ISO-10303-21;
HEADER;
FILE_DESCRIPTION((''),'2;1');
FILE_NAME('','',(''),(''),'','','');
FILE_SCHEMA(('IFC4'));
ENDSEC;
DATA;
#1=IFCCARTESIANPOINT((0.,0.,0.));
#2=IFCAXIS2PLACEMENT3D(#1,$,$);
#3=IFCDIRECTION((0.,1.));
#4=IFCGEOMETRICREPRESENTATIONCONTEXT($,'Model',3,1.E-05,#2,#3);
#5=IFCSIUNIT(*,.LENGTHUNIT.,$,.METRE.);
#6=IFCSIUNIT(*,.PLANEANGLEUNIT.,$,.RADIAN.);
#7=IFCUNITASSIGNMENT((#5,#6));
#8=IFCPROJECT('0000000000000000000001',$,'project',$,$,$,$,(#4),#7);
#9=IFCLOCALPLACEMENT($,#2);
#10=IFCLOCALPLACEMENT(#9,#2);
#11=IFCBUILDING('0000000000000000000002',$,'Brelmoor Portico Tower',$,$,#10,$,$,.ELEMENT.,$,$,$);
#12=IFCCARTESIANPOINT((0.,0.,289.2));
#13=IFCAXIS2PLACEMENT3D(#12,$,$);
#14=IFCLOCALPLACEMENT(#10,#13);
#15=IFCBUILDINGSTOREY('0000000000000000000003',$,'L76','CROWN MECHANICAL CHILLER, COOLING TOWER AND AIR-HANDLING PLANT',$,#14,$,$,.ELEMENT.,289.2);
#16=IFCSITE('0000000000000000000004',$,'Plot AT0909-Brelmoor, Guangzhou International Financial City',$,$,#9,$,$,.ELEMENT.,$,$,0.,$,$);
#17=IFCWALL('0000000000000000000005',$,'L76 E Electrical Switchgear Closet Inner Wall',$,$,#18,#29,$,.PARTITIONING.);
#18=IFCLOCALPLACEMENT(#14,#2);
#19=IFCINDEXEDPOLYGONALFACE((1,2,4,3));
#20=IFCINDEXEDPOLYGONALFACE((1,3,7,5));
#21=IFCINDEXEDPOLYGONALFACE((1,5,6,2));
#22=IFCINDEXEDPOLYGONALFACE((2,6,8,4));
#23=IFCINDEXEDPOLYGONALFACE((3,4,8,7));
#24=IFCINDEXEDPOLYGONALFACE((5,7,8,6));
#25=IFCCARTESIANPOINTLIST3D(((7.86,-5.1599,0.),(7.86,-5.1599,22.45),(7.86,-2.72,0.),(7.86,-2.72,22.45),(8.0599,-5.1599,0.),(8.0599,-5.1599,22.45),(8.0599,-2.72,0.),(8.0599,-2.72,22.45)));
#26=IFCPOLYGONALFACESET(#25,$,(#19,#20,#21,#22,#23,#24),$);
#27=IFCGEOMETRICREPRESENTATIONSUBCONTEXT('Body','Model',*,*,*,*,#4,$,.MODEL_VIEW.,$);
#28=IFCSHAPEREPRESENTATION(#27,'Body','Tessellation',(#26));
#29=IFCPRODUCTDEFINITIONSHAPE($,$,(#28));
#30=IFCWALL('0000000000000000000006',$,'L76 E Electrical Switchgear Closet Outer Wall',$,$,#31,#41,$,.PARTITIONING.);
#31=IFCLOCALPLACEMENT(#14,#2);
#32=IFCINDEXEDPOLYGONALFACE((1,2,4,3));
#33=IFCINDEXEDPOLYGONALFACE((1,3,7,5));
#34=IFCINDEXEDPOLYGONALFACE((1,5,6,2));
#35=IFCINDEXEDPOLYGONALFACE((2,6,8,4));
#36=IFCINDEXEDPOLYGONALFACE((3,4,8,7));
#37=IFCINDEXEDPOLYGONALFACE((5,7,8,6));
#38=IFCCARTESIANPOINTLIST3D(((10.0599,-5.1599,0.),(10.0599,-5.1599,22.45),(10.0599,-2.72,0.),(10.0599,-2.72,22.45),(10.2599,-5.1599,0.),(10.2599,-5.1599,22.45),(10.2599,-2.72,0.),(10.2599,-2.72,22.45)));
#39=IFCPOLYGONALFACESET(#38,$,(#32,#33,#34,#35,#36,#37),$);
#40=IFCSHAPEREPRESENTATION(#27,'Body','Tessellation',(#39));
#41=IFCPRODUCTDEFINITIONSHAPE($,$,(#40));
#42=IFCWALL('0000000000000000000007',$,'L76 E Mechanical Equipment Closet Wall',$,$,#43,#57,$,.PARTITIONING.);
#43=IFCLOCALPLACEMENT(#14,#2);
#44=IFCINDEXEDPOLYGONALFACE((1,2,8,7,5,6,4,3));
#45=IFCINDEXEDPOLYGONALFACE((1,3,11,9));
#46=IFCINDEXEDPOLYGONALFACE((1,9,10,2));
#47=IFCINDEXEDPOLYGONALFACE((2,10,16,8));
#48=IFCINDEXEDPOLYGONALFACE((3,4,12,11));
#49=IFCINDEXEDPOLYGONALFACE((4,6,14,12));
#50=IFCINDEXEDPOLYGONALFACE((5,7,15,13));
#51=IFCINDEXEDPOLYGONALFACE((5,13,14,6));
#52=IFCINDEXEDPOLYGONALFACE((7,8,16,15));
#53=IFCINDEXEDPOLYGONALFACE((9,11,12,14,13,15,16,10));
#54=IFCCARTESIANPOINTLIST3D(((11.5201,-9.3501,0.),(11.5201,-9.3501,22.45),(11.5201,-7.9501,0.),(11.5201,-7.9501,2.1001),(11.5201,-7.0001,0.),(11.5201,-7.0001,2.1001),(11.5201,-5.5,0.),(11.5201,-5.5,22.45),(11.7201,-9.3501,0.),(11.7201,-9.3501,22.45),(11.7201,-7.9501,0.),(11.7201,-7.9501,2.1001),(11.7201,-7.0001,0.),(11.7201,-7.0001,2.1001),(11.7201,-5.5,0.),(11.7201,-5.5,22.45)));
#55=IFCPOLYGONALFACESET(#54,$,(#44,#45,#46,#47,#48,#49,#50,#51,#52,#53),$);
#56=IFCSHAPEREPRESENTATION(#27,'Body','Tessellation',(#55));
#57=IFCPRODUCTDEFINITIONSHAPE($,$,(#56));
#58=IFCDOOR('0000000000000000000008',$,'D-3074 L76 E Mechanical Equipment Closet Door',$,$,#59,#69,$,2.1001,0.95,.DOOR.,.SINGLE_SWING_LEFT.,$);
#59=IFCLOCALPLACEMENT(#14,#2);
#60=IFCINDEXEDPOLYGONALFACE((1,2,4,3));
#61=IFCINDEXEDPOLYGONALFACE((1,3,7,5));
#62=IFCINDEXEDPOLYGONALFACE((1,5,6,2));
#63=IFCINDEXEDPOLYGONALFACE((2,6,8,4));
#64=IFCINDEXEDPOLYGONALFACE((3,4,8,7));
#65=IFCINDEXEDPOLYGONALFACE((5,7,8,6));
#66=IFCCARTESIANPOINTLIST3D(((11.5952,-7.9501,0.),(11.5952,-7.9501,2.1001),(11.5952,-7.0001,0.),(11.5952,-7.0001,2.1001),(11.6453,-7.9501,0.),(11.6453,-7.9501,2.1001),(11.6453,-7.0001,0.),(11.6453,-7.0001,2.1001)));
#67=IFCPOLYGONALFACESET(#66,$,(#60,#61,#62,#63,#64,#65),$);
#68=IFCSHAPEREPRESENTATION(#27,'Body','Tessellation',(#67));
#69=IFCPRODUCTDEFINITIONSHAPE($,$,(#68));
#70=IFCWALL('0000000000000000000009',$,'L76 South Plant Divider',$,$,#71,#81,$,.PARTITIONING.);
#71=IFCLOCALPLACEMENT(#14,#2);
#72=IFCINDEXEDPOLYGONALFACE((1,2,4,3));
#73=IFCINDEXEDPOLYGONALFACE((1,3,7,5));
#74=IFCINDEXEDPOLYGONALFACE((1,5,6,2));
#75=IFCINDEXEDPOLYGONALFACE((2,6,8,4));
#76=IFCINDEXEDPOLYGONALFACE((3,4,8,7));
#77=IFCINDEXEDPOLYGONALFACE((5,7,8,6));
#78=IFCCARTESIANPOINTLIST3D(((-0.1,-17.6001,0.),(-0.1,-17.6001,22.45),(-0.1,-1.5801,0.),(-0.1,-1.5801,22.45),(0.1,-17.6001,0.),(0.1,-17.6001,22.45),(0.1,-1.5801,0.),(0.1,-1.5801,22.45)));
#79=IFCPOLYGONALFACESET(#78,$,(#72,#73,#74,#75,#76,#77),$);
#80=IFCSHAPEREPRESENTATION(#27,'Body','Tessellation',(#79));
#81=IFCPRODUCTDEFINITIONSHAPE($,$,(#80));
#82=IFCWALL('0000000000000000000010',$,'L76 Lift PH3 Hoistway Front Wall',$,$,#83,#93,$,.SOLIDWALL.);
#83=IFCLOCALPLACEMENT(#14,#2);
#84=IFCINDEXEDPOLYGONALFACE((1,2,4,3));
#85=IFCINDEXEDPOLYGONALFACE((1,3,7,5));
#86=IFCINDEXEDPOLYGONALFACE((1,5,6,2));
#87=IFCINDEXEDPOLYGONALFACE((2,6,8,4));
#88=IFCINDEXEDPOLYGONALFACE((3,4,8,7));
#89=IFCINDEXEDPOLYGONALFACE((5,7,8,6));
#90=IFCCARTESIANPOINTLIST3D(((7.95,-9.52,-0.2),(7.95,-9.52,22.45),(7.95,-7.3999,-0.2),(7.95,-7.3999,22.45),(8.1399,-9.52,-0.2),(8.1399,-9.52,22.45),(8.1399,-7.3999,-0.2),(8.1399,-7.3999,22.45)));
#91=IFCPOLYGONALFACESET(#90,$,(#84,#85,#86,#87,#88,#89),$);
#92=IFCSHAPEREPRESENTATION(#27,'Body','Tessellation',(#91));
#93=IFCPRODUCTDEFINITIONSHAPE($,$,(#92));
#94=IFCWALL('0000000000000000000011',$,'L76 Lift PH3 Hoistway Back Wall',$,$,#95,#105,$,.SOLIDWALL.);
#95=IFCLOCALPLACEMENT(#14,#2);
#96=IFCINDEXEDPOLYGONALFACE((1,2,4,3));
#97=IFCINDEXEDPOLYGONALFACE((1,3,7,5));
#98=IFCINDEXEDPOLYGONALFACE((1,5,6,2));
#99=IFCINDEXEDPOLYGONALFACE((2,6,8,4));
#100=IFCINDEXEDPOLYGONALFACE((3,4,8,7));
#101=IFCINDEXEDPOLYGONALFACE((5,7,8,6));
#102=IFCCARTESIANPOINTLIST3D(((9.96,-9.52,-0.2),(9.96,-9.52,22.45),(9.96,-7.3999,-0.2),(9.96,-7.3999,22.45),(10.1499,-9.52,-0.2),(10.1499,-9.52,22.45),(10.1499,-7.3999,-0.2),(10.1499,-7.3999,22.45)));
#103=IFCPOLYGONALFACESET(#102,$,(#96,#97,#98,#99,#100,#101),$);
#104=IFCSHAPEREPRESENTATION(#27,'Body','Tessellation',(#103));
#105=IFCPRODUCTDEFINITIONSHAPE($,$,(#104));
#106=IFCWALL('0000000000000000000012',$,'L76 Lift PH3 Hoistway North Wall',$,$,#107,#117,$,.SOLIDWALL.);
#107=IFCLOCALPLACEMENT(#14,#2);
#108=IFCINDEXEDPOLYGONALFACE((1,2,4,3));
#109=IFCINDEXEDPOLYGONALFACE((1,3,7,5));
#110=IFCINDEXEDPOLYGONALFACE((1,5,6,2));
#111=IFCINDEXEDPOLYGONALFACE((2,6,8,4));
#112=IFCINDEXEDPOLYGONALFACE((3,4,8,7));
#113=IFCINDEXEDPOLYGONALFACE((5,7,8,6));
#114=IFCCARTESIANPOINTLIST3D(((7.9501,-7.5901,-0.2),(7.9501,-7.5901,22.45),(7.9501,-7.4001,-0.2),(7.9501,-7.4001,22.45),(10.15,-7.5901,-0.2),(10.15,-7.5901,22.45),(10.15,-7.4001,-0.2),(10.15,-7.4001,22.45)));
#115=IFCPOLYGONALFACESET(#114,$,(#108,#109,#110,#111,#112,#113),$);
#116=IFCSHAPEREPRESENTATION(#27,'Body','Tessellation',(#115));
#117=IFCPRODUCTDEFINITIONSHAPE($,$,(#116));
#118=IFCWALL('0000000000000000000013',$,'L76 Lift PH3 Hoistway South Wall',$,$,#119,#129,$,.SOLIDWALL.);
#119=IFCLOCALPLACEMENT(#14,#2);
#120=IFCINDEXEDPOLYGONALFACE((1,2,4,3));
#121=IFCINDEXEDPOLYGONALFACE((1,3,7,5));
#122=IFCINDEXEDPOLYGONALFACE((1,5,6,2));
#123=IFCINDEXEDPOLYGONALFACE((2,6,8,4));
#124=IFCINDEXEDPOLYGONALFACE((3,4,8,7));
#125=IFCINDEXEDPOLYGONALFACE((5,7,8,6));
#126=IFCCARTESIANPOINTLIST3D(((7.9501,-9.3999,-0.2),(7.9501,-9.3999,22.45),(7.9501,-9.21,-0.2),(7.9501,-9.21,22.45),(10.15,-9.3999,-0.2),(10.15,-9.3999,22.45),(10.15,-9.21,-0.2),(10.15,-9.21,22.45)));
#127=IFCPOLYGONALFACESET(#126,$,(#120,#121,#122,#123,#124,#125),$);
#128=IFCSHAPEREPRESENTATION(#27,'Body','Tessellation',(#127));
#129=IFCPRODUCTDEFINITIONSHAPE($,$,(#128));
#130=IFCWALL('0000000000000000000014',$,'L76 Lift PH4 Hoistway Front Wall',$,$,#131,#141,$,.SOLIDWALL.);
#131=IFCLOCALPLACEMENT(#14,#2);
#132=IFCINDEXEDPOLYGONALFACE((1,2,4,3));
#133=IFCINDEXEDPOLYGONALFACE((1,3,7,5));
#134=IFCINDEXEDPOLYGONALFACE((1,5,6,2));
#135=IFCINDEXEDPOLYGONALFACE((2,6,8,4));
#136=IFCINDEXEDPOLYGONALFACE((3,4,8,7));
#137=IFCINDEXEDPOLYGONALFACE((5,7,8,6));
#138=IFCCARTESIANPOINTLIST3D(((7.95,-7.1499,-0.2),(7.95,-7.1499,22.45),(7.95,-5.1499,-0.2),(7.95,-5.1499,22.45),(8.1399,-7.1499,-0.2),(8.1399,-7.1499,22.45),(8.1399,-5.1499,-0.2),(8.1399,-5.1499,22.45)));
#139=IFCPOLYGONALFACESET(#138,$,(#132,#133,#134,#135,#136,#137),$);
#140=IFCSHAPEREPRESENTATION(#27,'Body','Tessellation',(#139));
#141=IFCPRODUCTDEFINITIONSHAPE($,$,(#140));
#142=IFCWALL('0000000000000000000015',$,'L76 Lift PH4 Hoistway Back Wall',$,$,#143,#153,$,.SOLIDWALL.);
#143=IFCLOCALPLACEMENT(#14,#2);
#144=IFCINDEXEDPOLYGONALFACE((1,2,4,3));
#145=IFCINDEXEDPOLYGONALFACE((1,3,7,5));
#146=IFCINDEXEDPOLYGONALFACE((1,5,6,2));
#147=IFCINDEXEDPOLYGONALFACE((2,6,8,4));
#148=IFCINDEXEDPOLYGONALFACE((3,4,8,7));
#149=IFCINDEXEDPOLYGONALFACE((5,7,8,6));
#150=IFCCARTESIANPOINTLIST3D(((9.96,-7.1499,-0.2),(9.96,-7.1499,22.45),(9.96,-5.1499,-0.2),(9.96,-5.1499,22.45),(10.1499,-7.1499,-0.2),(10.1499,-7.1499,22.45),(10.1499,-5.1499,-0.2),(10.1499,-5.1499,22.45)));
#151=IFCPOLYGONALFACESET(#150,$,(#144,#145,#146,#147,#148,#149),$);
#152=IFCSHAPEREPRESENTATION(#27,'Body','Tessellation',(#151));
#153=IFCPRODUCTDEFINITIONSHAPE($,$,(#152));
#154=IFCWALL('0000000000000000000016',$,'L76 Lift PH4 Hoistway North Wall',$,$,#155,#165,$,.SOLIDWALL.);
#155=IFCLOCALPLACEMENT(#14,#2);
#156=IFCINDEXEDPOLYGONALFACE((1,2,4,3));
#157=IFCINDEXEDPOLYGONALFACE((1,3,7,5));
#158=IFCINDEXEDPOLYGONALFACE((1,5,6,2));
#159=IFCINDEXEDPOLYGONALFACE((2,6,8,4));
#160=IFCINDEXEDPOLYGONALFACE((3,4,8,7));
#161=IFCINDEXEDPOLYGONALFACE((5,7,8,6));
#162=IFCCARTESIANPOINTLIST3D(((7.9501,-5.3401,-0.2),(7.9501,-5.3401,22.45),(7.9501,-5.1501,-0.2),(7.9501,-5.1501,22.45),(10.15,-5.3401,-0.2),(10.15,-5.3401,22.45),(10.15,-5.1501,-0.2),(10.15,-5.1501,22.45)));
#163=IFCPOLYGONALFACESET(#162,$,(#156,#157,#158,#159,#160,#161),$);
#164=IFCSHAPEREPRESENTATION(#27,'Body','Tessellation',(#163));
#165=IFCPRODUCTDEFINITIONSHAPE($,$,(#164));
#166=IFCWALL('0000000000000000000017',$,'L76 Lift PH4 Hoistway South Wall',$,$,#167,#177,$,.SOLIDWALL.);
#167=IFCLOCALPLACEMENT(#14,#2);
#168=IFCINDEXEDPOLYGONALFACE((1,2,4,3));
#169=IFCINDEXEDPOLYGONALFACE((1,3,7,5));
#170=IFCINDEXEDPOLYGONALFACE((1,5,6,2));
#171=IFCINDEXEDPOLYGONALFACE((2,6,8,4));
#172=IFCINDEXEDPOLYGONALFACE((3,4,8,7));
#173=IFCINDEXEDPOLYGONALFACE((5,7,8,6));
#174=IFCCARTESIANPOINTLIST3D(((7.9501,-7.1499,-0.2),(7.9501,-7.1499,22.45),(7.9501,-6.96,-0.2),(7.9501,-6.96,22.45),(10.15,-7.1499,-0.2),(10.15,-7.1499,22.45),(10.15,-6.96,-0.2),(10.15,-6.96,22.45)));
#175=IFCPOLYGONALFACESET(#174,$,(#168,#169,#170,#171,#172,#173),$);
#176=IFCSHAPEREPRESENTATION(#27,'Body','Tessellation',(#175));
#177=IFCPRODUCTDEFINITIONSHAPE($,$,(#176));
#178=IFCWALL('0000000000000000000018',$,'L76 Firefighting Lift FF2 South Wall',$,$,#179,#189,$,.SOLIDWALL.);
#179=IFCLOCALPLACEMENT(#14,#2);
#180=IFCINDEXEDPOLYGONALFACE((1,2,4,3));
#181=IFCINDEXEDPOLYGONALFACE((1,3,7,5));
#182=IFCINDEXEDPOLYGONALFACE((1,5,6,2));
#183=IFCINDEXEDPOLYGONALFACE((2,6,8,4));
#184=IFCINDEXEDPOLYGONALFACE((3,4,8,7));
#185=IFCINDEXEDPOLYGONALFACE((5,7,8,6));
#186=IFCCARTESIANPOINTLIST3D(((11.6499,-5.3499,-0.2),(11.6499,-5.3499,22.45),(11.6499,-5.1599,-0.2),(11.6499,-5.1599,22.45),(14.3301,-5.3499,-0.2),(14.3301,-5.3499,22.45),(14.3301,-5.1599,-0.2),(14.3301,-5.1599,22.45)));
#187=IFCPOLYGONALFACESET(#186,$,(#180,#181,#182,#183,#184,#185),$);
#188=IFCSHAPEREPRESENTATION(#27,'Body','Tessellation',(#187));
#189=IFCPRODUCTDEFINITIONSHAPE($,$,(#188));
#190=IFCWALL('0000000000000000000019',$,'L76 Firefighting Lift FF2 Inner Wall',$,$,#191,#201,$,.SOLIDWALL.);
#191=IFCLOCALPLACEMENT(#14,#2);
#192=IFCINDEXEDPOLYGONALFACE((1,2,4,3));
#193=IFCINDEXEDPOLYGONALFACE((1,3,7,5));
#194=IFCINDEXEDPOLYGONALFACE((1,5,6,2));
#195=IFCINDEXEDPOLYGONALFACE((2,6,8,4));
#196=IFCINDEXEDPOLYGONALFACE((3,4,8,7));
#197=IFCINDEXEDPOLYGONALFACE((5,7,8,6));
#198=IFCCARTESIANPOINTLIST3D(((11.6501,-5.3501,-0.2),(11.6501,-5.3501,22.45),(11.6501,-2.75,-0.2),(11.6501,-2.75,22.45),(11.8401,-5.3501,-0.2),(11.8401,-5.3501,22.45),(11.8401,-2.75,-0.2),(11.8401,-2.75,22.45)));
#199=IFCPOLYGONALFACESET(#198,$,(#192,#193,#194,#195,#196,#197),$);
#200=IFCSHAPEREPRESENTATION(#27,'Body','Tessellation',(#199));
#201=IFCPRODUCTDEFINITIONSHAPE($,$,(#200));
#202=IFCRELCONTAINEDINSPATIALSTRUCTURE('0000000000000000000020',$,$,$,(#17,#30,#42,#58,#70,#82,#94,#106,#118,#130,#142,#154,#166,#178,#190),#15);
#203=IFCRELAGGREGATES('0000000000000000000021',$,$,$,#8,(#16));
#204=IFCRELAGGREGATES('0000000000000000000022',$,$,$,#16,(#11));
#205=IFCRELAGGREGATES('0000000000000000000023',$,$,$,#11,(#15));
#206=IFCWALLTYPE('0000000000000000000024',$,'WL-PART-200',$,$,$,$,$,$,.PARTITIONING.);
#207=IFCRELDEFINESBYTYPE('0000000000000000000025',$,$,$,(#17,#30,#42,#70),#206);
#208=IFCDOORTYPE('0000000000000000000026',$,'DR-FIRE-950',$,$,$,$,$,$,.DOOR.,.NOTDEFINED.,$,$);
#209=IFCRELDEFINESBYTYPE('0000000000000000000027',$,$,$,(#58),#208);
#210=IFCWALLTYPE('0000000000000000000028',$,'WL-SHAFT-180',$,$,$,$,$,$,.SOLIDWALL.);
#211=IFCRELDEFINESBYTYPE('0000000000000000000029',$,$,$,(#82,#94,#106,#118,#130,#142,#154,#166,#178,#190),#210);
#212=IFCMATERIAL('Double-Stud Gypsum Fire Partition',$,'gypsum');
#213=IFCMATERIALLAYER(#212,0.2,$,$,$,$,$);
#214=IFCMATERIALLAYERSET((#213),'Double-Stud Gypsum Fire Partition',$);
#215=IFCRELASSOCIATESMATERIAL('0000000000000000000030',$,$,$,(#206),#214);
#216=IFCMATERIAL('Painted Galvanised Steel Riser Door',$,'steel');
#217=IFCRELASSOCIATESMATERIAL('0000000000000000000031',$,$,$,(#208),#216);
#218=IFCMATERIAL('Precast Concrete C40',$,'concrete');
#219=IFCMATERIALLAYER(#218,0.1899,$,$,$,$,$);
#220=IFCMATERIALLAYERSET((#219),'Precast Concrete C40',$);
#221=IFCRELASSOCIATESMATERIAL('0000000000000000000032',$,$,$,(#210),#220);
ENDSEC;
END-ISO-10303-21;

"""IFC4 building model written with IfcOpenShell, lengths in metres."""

from ifc_helpers import new_model, si_unit, direction, frame, frame_2d, origin, place, context, subcontext, project, spatial, rectangle, extrude, material, layer, layer_set, type_object, element, fill, save


model = new_model("IFC4")

# Units and contexts
model_context = context("Model", 3, precision=1e-05, world=origin(), true_north=direction((0.0, 1.0)))
body_context = subcontext(model_context, "Body", "Model", "MODEL_VIEW")
ifc_project = project(units=[si_unit("LENGTHUNIT", "METRE"), si_unit("PLANEANGLEUNIT", "RADIAN")], contexts=[model_context])

# Site, building, storey
site_placement = place(None, origin())
site = spatial("IfcSite", under=ifc_project, at=site_placement, Name="Plot AT0909-Brelmoor, Guangzhou International Financial City", CompositionType="ELEMENT", RefElevation=0.0)
building_placement = place(site_placement, origin())
building = spatial("IfcBuilding", under=site, at=building_placement, Name="Brelmoor Portico Tower", CompositionType="ELEMENT")
storey_placement = place(building_placement, frame((0.0, 0.0, 289.2)))
storey = spatial("IfcBuildingStorey", under=building, at=storey_placement, Name="L76", Description="CROWN MECHANICAL CHILLER, COOLING TOWER AND AIR-HANDLING PLANT", CompositionType="ELEMENT", Elevation=289.2)

# Shared definitions
ifc_material_1 = material(Name="Double-Stud Gypsum Fire Partition", Category="gypsum")
ifc_layer_1 = layer(ifc_material_1, 0.2)
ifc_layer_set_1 = layer_set([ifc_layer_1], Name="Double-Stud Gypsum Fire Partition")
wall_type_1 = type_object("IfcWallType", Name="WL-PART-200", PredefinedType="PARTITIONING", material=ifc_layer_set_1)

# Walls
for number, where, z_axis, x_axis, name in (
    (1, (7.96, -5.1599, 0.0), (0.0, 0.0, 1.0), (0.0, 1.0, 0.0), "L76 E Electrical Switchgear Closet Inner Wall"),
    (2, (10.1599, -5.1599, 0.0), (0.0, 0.0, 1.0), (0.0, 1.0, 0.0), "L76 E Electrical Switchgear Closet Outer Wall"),
):
    element("IfcWall", number, at=place(storey_placement, frame(where, z_axis=z_axis, x_axis=x_axis)), inside=storey, type_object=wall_type_1, Name=name, PredefinedType="PARTITIONING", context=body_context, shape_type="SweptSolid", body=[
        extrude(rectangle(XDim=2.4399, YDim=0.2, at=frame_2d((1.22, 0.0))), origin(), (0.0, 0.0, 1.0), 22.45),
    ])

# Wall, opening, door
wall_1_placement = place(storey_placement, frame((11.6201, -9.3501, 0.0), z_axis=(0.0, 0.0, 1.0), x_axis=(0.0, 1.0, 0.0)))
wall_1 = element("IfcWall", 3, at=wall_1_placement, inside=storey, type_object=wall_type_1, Name="L76 E Mechanical Equipment Closet Wall", PredefinedType="PARTITIONING", context=body_context, shape_type="SweptSolid", body=[
    extrude(rectangle(XDim=3.8501, YDim=0.2, at=frame_2d((1.925, 0.0))), origin(), (0.0, 0.0, 1.0), 22.45),
])
opening_1_placement = place(wall_1_placement, frame((1.3999, 0.0, 0.0)))
opening_1 = element("IfcOpeningElement", 4, at=opening_1_placement, cuts=wall_1, PredefinedType="OPENING", context=body_context, shape_type="SweptSolid", body=[
    extrude(rectangle(XDim=0.95, YDim=2.1001, at=frame_2d((0.4751, 1.05))), frame((0.0, 0.1099, 0.0), z_axis=(0.0, -1.0, 0.0), x_axis=(1.0, 0.0, 0.0)), (0.0, 0.0, 1.0), 0.22),
])
ifc_material_2 = material(Name="Painted Galvanised Steel Riser Door", Category="steel")
door_type_1 = type_object("IfcDoorType", Name="DR-FIRE-950", OperationType="NOTDEFINED", PredefinedType="DOOR", material=ifc_material_2)
door_1_placement = place(opening_1_placement, origin())
door_1 = element("IfcDoor", 5, at=door_1_placement, inside=storey, type_object=door_type_1, Name="D-3074 L76 E Mechanical Equipment Closet Door", OperationType="SINGLE_SWING_LEFT", OverallHeight=2.1001, OverallWidth=0.95, PredefinedType="DOOR", context=body_context, shape_type="SweptSolid", body=[
    extrude(rectangle(XDim=0.95, YDim=2.1001, at=frame_2d((0.4751, 1.05))), frame((0.0, 0.0249, 0.0), z_axis=(0.0, -1.0, 0.0), x_axis=(1.0, 0.0, 0.0)), (0.0, 0.0, 1.0), 0.05),
])
fill(opening_1, door_1)

# Walls
wall_2_placement = place(storey_placement, frame((0.0, -17.6001, 0.0), z_axis=(0.0, 0.0, 1.0), x_axis=(0.0, 1.0, 0.0)))
element("IfcWall", 6, at=wall_2_placement, inside=storey, type_object=wall_type_1, Name="L76 South Plant Divider", PredefinedType="PARTITIONING", context=body_context, shape_type="SweptSolid", body=[
    extrude(rectangle(XDim=16.02, YDim=0.2, at=frame_2d((8.01, 0.0))), origin(), (0.0, 0.0, 1.0), 22.45),
])
ifc_material_3 = material(Name="Precast Concrete C40", Category="concrete")
ifc_layer_2 = layer(ifc_material_3, 0.1899)
ifc_layer_set_2 = layer_set([ifc_layer_2], Name="Precast Concrete C40")
wall_type_2 = type_object("IfcWallType", Name="WL-SHAFT-180", PredefinedType="SOLIDWALL", material=ifc_layer_set_2)
for number, where, z_axis, x_axis, name in (
    (7, (8.0449, -9.52, -0.2), (0.0, 0.0, 1.0), (0.0, 1.0, 0.0), "L76 Lift PH3 Hoistway Front Wall"),
    (8, (10.0549, -9.52, -0.2), (0.0, 0.0, 1.0), (0.0, 1.0, 0.0), "L76 Lift PH3 Hoistway Back Wall"),
):
    element("IfcWall", number, at=place(storey_placement, frame(where, z_axis=z_axis, x_axis=x_axis)), inside=storey, type_object=wall_type_2, Name=name, PredefinedType="SOLIDWALL", context=body_context, shape_type="SweptSolid", body=[
        extrude(rectangle(XDim=2.1201, YDim=0.1899, at=frame_2d((1.0601, 0.0))), origin(), (0.0, 0.0, 1.0), 22.6499),
    ])
for number, where, z_axis, x_axis, name in (
    (9, (7.95, -7.4951, -0.2), (0.0, 0.0, 1.0), (1.0, 0.0, 0.0), "L76 Lift PH3 Hoistway North Wall"),
    (10, (7.95, -9.3049, -0.2), (0.0, 0.0, 1.0), (1.0, 0.0, 0.0), "L76 Lift PH3 Hoistway South Wall"),
):
    element("IfcWall", number, at=place(storey_placement, frame(where, z_axis=z_axis, x_axis=x_axis)), inside=storey, type_object=wall_type_2, Name=name, PredefinedType="SOLIDWALL", context=body_context, shape_type="SweptSolid", body=[
        extrude(rectangle(XDim=2.2, YDim=0.1899, at=frame_2d((1.1001, 0.0))), origin(), (0.0, 0.0, 1.0), 22.6499),
    ])
for number, where, z_axis, x_axis, name in (
    (11, (8.0449, -7.1499, -0.2), (0.0, 0.0, 1.0), (0.0, 1.0, 0.0), "L76 Lift PH4 Hoistway Front Wall"),
    (12, (10.0549, -7.1499, -0.2), (0.0, 0.0, 1.0), (0.0, 1.0, 0.0), "L76 Lift PH4 Hoistway Back Wall"),
):
    element("IfcWall", number, at=place(storey_placement, frame(where, z_axis=z_axis, x_axis=x_axis)), inside=storey, type_object=wall_type_2, Name=name, PredefinedType="SOLIDWALL", context=body_context, shape_type="SweptSolid", body=[
        extrude(rectangle(XDim=2.0, YDim=0.1899, at=frame_2d((1.0, 0.0))), origin(), (0.0, 0.0, 1.0), 22.6499),
    ])
for number, where, z_axis, x_axis, name in (
    (13, (7.95, -5.2451, -0.2), (0.0, 0.0, 1.0), (1.0, 0.0, 0.0), "L76 Lift PH4 Hoistway North Wall"),
    (14, (7.95, -7.0549, -0.2), (0.0, 0.0, 1.0), (1.0, 0.0, 0.0), "L76 Lift PH4 Hoistway South Wall"),
):
    element("IfcWall", number, at=place(storey_placement, frame(where, z_axis=z_axis, x_axis=x_axis)), inside=storey, type_object=wall_type_2, Name=name, PredefinedType="SOLIDWALL", context=body_context, shape_type="SweptSolid", body=[
        extrude(rectangle(XDim=2.2, YDim=0.1899, at=frame_2d((1.1001, 0.0))), origin(), (0.0, 0.0, 1.0), 22.6499),
    ])
wall_3_placement = place(storey_placement, frame((11.6499, -5.2549, -0.2), z_axis=(0.0, 0.0, 1.0), x_axis=(1.0, 0.0, 0.0)))
element("IfcWall", 15, at=wall_3_placement, inside=storey, type_object=wall_type_2, Name="L76 Firefighting Lift FF2 South Wall", PredefinedType="SOLIDWALL", context=body_context, shape_type="SweptSolid", body=[
    extrude(rectangle(XDim=2.6802, YDim=0.1899, at=frame_2d((1.3401, 0.0))), origin(), (0.0, 0.0, 1.0), 22.6499),
])
wall_4_placement = place(storey_placement, frame((11.7451, -5.3501, -0.2), z_axis=(0.0, 0.0, 1.0), x_axis=(0.0, 1.0, 0.0)))
element("IfcWall", 16, at=wall_4_placement, inside=storey, type_object=wall_type_2, Name="L76 Firefighting Lift FF2 Inner Wall", PredefinedType="SOLIDWALL", context=body_context, shape_type="SweptSolid", body=[
    extrude(rectangle(XDim=2.6001, YDim=0.1899, at=frame_2d((1.3, 0.0))), origin(), (0.0, 0.0, 1.0), 22.6499),
])

save(model, "model.ifc")
